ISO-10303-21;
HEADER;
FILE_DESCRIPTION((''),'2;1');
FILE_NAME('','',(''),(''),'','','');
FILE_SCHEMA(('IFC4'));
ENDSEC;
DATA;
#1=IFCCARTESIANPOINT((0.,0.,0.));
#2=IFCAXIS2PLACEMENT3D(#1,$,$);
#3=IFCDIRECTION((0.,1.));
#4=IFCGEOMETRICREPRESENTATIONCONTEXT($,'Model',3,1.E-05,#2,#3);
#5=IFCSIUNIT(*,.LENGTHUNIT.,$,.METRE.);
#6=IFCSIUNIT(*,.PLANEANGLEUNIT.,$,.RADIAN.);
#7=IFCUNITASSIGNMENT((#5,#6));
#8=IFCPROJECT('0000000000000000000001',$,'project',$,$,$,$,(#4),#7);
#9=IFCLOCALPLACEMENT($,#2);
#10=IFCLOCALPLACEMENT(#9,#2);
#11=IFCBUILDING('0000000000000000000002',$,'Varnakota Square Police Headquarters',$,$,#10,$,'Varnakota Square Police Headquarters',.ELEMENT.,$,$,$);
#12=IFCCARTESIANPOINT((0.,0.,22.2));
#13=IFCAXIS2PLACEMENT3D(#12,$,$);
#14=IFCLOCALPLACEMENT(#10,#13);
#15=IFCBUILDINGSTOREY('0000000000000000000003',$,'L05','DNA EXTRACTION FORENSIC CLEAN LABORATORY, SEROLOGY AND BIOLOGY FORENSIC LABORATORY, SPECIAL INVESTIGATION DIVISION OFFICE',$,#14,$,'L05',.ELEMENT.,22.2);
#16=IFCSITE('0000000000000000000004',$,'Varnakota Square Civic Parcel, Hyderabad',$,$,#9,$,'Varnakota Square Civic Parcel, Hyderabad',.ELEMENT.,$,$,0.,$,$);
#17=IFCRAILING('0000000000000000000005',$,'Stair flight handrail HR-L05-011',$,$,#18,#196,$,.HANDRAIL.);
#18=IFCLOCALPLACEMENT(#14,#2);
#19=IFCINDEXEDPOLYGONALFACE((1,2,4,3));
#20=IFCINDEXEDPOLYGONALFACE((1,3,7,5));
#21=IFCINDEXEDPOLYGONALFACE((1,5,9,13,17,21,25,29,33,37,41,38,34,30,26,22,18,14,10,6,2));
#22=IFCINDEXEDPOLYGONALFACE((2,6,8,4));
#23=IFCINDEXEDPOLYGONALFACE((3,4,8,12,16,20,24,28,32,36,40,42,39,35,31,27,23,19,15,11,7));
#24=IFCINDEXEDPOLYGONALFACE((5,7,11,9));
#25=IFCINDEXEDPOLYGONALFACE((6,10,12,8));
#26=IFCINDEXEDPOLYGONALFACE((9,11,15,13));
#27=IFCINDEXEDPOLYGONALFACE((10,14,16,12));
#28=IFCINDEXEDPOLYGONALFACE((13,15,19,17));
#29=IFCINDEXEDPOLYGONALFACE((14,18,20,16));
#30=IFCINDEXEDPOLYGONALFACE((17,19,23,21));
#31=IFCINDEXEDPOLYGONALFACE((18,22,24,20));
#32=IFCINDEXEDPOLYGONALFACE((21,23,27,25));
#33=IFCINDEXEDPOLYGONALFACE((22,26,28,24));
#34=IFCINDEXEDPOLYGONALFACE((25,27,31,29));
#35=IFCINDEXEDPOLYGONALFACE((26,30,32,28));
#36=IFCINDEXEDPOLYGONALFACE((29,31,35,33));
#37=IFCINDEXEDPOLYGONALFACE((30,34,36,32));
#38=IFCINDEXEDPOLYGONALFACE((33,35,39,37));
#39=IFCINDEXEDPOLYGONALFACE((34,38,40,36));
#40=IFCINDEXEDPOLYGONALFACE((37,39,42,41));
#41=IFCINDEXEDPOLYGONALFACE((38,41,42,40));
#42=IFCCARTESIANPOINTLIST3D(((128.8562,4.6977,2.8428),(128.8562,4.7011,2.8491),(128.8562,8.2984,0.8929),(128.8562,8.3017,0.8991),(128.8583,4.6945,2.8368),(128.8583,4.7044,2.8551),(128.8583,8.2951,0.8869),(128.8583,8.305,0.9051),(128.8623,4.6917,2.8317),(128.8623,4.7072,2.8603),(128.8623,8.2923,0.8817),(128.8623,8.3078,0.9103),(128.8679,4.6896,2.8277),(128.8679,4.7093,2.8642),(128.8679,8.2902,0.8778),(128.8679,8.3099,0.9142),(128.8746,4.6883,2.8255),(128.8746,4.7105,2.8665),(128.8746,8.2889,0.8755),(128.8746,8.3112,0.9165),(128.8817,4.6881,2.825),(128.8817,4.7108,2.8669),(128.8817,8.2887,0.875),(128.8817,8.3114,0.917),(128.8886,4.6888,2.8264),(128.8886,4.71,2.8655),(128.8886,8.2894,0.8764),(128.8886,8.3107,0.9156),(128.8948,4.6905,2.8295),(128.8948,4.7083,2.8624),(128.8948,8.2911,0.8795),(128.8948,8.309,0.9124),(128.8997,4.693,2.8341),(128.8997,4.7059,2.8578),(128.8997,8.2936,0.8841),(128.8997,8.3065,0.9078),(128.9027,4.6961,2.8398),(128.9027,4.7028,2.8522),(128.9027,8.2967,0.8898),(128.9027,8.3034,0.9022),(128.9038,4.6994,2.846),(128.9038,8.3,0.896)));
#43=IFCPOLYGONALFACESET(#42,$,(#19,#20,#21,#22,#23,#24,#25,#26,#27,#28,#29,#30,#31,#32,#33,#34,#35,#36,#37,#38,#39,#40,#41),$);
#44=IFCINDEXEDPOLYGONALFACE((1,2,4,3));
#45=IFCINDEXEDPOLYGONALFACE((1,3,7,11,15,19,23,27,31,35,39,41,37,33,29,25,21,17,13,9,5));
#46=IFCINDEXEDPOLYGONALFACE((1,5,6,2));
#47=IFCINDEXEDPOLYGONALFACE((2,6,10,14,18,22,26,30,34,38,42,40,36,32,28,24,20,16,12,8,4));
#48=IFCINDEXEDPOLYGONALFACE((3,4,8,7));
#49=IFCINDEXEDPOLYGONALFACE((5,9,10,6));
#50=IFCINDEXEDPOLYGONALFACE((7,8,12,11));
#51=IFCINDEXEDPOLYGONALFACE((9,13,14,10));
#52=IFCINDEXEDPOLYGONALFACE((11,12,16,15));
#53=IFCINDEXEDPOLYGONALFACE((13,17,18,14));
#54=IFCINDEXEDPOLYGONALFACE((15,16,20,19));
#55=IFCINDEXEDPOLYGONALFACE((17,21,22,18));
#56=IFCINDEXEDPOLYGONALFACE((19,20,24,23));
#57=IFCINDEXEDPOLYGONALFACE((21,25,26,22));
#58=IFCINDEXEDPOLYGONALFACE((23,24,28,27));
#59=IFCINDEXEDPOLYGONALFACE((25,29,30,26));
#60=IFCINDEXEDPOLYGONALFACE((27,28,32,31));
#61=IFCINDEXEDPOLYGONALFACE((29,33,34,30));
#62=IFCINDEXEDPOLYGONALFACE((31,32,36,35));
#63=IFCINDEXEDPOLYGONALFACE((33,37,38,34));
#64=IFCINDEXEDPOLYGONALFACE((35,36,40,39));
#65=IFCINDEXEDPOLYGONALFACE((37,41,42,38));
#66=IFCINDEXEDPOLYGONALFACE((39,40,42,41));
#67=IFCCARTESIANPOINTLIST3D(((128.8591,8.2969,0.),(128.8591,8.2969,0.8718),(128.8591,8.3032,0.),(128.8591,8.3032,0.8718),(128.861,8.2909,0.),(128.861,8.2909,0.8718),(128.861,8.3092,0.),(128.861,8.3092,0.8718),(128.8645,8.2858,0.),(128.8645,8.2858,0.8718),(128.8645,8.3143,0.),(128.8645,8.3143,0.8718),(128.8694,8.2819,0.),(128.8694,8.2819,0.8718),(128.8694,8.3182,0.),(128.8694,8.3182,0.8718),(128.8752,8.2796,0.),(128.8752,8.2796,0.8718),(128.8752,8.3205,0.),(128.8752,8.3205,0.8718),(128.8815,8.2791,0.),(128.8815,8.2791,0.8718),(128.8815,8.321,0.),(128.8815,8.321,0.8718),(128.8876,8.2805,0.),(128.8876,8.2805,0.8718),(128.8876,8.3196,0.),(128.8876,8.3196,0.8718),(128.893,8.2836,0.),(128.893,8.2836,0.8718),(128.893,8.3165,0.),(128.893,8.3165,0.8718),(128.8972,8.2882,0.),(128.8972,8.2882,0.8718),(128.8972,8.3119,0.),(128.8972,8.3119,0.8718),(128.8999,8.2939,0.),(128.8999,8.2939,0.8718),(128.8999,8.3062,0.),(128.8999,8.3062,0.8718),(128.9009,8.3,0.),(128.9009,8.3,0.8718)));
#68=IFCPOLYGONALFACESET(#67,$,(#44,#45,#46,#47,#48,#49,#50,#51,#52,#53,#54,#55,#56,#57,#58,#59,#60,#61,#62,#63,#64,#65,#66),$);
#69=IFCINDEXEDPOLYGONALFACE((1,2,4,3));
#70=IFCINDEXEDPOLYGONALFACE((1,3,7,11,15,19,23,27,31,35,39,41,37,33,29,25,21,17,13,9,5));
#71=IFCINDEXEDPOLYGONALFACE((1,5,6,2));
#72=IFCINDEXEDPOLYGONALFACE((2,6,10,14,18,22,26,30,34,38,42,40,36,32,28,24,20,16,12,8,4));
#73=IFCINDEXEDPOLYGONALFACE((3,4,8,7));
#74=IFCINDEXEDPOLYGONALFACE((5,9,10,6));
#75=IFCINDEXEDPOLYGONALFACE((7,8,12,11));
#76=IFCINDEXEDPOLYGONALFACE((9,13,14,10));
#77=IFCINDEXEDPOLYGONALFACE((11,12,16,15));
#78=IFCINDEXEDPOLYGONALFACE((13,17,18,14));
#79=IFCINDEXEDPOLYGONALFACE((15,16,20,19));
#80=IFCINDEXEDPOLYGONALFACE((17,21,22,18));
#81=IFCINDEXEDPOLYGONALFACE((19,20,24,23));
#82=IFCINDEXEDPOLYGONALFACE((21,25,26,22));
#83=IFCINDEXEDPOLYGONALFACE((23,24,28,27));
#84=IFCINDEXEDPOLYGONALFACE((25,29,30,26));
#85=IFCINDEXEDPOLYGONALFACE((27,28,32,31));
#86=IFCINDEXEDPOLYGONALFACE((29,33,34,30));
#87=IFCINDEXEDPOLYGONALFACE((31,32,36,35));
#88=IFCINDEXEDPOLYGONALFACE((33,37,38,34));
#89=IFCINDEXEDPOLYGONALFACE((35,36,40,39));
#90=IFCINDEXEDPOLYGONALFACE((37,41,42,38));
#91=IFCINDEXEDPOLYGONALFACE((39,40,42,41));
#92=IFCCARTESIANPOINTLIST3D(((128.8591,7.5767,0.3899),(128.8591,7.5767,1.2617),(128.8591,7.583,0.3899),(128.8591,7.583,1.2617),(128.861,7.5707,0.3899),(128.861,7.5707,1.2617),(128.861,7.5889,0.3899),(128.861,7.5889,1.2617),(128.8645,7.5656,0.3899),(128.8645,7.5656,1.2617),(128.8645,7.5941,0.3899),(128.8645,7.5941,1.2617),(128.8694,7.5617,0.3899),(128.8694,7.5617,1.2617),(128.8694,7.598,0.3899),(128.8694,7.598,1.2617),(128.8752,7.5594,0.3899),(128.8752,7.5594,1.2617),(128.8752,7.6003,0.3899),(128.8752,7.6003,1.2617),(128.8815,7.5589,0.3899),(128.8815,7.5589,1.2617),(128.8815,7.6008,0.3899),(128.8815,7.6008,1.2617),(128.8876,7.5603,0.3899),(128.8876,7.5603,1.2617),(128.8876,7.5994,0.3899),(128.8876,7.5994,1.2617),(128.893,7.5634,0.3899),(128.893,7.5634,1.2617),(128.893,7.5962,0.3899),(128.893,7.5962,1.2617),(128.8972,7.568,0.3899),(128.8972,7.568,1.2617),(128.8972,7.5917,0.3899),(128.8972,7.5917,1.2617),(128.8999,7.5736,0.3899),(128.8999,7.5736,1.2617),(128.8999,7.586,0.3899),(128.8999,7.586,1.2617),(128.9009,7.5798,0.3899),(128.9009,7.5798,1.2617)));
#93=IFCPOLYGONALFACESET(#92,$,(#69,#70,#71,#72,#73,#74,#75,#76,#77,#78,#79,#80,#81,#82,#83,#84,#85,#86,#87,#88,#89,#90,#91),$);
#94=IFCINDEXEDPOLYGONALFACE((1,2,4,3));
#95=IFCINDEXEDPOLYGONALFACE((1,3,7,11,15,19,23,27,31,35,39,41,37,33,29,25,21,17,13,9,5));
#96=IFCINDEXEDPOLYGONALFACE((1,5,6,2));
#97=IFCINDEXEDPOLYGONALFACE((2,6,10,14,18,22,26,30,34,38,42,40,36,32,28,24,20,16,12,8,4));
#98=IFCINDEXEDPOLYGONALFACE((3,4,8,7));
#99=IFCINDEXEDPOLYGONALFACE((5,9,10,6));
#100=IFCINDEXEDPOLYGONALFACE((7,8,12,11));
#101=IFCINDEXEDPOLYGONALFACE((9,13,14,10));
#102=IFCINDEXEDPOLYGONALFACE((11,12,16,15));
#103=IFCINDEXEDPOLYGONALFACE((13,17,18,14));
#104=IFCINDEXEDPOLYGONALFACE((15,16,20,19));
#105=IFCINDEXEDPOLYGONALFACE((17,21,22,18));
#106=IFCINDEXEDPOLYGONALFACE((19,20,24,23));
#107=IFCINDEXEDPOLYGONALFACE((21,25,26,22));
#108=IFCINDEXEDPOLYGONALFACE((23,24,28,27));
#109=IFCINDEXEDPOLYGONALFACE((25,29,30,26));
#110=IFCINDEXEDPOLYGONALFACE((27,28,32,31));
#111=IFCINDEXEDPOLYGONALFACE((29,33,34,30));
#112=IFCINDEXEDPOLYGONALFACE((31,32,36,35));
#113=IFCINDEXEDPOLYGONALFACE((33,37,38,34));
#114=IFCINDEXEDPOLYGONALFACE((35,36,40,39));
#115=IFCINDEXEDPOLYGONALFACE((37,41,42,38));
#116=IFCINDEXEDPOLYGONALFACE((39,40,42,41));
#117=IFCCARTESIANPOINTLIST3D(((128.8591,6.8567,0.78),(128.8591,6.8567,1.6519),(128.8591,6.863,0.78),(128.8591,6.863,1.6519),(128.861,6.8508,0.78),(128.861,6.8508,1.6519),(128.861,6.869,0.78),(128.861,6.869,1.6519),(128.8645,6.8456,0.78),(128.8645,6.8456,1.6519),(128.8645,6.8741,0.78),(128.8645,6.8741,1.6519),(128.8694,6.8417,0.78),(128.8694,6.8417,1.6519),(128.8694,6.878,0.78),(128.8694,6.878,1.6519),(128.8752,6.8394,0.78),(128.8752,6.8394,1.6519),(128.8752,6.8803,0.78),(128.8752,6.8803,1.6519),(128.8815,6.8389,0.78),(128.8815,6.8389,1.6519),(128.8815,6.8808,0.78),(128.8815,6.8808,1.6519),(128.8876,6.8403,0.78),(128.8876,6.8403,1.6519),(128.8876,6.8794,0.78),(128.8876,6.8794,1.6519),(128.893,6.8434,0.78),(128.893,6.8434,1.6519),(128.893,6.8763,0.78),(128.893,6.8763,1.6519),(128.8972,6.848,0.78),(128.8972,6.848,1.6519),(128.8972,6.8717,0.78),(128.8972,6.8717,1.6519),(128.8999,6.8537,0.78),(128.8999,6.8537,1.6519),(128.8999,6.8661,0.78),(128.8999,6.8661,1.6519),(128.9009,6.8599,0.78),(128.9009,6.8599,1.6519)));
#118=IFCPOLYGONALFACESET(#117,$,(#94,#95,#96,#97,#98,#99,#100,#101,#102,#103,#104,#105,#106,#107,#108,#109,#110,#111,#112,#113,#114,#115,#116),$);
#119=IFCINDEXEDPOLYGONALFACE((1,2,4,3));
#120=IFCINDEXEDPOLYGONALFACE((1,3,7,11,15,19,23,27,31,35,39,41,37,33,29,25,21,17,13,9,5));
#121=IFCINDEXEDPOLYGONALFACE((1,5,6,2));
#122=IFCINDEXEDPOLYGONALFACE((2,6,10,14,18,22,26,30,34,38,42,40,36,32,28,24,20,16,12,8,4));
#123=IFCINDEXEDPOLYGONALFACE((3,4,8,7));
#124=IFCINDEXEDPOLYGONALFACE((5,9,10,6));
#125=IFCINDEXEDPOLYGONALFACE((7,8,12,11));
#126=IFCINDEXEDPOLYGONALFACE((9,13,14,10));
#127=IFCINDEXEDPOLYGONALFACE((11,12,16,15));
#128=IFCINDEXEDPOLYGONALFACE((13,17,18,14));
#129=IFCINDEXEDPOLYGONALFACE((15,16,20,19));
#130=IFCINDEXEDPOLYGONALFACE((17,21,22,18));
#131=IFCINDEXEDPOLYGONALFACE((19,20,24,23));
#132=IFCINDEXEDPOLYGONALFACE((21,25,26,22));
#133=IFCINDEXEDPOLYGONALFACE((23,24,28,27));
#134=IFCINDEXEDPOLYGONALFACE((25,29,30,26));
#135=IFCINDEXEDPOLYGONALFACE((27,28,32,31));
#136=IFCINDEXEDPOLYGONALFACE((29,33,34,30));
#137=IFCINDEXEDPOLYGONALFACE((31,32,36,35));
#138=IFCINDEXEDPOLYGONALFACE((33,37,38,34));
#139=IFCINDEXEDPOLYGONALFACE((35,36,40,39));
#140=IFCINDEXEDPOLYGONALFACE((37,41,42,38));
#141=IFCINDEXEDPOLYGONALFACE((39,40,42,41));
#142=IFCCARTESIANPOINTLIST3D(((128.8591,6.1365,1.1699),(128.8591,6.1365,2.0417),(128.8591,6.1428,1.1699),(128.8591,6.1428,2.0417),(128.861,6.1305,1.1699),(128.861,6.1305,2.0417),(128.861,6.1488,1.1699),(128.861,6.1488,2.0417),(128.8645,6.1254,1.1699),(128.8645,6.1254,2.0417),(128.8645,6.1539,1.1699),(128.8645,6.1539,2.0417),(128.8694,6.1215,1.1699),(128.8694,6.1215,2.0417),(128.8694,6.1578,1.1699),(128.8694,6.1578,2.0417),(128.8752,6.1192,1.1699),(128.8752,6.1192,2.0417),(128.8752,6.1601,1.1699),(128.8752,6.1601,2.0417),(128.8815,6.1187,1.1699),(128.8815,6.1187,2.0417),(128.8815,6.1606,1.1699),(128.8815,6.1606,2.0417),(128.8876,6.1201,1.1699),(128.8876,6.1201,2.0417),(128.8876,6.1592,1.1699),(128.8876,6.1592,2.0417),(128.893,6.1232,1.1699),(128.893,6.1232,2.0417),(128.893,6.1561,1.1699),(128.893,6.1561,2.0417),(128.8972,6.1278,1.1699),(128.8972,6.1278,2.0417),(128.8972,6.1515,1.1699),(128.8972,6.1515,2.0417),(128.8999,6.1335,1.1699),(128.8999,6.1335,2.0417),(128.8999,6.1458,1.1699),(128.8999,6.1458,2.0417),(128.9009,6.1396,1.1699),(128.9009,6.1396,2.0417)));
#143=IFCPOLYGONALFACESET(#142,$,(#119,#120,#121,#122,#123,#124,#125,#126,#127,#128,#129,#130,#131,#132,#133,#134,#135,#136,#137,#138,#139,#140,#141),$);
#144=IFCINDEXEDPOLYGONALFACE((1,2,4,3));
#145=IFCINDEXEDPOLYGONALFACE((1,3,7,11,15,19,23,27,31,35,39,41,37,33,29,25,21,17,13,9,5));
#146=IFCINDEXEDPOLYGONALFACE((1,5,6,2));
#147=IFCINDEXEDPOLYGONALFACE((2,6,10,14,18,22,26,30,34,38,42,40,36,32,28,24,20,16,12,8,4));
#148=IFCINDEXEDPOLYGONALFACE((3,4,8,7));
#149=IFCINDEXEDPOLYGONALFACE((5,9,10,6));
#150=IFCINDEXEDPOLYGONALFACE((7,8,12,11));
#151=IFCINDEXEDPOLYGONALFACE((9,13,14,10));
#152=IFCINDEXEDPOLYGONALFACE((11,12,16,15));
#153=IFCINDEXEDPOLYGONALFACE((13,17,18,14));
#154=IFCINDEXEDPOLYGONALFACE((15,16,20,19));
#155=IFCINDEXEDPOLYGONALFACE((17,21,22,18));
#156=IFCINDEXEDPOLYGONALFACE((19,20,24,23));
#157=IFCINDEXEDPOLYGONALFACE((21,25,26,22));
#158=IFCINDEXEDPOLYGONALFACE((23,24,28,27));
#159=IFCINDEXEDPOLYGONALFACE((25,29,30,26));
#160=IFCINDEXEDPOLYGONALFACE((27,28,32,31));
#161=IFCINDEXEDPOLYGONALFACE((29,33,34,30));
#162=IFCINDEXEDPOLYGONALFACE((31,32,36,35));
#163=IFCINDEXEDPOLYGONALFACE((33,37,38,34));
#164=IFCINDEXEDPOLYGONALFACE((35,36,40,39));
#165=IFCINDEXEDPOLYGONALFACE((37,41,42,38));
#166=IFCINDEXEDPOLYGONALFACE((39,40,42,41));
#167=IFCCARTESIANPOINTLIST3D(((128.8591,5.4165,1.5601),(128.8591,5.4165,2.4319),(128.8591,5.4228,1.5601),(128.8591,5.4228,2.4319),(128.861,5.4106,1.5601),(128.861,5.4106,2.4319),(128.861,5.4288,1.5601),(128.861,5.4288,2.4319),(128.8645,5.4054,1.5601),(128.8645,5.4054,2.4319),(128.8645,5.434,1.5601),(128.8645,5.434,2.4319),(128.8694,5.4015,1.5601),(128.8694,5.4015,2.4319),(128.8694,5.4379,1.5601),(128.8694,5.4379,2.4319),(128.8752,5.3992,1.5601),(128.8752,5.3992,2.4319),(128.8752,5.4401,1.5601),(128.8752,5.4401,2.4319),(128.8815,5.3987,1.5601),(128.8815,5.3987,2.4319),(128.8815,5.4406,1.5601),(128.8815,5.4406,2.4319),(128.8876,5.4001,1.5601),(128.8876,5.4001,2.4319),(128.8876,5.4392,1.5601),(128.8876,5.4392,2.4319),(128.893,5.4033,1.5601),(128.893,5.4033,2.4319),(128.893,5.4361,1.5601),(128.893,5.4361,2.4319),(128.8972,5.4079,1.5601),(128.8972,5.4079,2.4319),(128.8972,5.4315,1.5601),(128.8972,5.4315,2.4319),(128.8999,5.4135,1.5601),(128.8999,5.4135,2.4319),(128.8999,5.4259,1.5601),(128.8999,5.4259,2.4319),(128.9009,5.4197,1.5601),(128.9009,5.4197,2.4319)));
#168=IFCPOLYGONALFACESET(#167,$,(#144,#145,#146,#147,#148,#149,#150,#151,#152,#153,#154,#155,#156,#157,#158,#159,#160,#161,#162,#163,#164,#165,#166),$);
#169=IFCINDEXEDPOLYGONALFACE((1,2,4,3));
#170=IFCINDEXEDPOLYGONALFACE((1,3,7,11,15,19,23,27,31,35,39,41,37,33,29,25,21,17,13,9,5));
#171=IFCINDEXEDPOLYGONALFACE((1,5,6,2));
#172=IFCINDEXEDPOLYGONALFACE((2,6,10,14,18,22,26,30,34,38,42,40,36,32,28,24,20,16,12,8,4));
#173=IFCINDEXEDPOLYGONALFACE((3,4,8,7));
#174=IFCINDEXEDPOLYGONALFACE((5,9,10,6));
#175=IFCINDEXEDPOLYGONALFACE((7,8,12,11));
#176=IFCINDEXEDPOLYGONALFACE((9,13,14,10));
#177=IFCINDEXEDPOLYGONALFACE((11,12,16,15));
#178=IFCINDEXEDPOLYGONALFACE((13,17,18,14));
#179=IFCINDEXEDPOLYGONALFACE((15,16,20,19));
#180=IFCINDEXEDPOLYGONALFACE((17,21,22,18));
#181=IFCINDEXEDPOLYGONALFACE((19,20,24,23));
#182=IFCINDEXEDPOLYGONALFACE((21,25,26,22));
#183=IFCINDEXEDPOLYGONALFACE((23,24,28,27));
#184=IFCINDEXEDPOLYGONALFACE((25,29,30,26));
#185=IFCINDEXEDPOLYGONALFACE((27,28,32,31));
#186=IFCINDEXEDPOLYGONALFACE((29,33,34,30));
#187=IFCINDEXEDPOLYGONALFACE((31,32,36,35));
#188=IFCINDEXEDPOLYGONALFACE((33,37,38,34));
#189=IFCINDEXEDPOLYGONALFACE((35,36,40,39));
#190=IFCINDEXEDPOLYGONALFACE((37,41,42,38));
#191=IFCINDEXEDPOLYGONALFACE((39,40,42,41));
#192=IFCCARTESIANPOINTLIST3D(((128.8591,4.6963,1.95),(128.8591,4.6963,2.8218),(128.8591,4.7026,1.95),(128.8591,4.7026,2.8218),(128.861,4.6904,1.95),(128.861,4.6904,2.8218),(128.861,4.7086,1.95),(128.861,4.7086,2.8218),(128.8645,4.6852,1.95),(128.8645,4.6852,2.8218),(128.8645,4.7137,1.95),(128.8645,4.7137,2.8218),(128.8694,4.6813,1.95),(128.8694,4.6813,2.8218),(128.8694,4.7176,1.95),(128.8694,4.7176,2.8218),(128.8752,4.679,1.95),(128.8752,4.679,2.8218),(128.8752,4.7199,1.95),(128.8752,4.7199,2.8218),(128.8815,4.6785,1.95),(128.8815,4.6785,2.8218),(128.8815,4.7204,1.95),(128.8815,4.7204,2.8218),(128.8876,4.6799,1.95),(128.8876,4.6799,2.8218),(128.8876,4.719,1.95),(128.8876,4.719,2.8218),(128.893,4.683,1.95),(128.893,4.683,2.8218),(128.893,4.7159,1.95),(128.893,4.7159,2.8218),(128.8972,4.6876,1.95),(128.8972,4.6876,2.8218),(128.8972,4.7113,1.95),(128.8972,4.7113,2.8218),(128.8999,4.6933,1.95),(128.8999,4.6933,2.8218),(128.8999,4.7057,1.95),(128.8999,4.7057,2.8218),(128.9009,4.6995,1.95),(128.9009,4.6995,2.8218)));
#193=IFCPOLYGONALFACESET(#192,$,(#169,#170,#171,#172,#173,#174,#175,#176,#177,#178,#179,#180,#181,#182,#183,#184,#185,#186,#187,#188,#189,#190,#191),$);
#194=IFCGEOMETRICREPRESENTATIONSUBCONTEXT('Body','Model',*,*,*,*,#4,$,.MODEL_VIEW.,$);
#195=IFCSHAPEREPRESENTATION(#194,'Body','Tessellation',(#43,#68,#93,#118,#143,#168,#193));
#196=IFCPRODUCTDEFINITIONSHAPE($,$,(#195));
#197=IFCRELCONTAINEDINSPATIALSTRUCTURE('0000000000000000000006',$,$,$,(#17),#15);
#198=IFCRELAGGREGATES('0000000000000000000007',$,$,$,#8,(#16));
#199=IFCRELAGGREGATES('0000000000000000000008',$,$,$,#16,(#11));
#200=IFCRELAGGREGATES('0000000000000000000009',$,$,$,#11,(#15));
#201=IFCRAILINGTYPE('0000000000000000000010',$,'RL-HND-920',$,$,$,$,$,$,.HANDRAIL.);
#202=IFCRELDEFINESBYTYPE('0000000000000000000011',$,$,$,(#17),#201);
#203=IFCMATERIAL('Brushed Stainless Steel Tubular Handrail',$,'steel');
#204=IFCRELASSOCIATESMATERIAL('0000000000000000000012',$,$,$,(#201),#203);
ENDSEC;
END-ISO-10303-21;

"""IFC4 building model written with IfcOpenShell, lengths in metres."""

from ifc_helpers import new_model, si_unit, direction, frame, origin, origin_2d, place, context, subcontext, project, spatial, circle, extrude, material, type_object, element, save


model = new_model("IFC4")

# Units and contexts
model_context = context("Model", 3, precision=1e-05, world=origin(), true_north=direction((0.0, 1.0)))
body_context = subcontext(model_context, "Body", "Model", "MODEL_VIEW")
ifc_project = project(units=[si_unit("LENGTHUNIT", "METRE"), si_unit("PLANEANGLEUNIT", "RADIAN")], contexts=[model_context])

# Site, building, storey
site_placement = place(None, origin())
site = spatial("IfcSite", under=ifc_project, at=site_placement, Name="Varnakota Square Civic Parcel, Hyderabad", LongName="Varnakota Square Civic Parcel, Hyderabad", CompositionType="ELEMENT", RefElevation=0.0)
building_placement = place(site_placement, origin())
building = spatial("IfcBuilding", under=site, at=building_placement, Name="Varnakota Square Police Headquarters", LongName="Varnakota Square Police Headquarters", CompositionType="ELEMENT")
storey_placement = place(building_placement, frame((0.0, 0.0, 22.2)))
storey = spatial("IfcBuildingStorey", under=building, at=storey_placement, Name="L05", Description="DNA EXTRACTION FORENSIC CLEAN LABORATORY, SEROLOGY AND BIOLOGY FORENSIC LABORATORY, SPECIAL INVESTIGATION DIVISION OFFICE", LongName="L05", CompositionType="ELEMENT", Elevation=22.2)

# Railing
ifc_material_1 = material(Name="Brushed Stainless Steel Tubular Handrail", Category="steel")
railing_type_1 = type_object("IfcRailingType", Name="RL-HND-920", PredefinedType="HANDRAIL", material=ifc_material_1)
railing_1_placement = place(storey_placement, frame((128.8799, 8.3, 0.0)))
element("IfcRailing", 1, at=railing_1_placement, inside=storey, type_object=railing_type_1, Name="Stair flight handrail HR-L05-011", PredefinedType="HANDRAIL", context=body_context, shape_type="SweptSolid", body=[
    extrude(circle(Radius=0.0239, at=origin_2d()), frame((0.0, 0.0, 0.896), z_axis=(0.0, -0.879329, 0.476214), x_axis=(1.0, 0.0, 0.0)), (0.0, 0.0, 1.0), 4.0947),
    extrude(circle(Radius=0.021, at=origin_2d()), origin(), (0.0, 0.0, 1.0), 0.8718),
    extrude(circle(Radius=0.021, at=origin_2d()), frame((0.0, -0.7202, 0.3899)), (0.0, 0.0, 1.0), 0.8718),
    extrude(circle(Radius=0.021, at=origin_2d()), frame((0.0, -1.4402, 0.78)), (0.0, 0.0, 1.0), 0.8718),
    extrude(circle(Radius=0.021, at=origin_2d()), frame((0.0, -2.1604, 1.1699)), (0.0, 0.0, 1.0), 0.8718),
    extrude(circle(Radius=0.021, at=origin_2d()), frame((0.0, -2.8804, 1.5601)), (0.0, 0.0, 1.0), 0.8718),
    extrude(circle(Radius=0.021, at=origin_2d()), frame((0.0, -3.6006, 1.95)), (0.0, 0.0, 1.0), 0.8718),
])

save(model, "model.ifc")
